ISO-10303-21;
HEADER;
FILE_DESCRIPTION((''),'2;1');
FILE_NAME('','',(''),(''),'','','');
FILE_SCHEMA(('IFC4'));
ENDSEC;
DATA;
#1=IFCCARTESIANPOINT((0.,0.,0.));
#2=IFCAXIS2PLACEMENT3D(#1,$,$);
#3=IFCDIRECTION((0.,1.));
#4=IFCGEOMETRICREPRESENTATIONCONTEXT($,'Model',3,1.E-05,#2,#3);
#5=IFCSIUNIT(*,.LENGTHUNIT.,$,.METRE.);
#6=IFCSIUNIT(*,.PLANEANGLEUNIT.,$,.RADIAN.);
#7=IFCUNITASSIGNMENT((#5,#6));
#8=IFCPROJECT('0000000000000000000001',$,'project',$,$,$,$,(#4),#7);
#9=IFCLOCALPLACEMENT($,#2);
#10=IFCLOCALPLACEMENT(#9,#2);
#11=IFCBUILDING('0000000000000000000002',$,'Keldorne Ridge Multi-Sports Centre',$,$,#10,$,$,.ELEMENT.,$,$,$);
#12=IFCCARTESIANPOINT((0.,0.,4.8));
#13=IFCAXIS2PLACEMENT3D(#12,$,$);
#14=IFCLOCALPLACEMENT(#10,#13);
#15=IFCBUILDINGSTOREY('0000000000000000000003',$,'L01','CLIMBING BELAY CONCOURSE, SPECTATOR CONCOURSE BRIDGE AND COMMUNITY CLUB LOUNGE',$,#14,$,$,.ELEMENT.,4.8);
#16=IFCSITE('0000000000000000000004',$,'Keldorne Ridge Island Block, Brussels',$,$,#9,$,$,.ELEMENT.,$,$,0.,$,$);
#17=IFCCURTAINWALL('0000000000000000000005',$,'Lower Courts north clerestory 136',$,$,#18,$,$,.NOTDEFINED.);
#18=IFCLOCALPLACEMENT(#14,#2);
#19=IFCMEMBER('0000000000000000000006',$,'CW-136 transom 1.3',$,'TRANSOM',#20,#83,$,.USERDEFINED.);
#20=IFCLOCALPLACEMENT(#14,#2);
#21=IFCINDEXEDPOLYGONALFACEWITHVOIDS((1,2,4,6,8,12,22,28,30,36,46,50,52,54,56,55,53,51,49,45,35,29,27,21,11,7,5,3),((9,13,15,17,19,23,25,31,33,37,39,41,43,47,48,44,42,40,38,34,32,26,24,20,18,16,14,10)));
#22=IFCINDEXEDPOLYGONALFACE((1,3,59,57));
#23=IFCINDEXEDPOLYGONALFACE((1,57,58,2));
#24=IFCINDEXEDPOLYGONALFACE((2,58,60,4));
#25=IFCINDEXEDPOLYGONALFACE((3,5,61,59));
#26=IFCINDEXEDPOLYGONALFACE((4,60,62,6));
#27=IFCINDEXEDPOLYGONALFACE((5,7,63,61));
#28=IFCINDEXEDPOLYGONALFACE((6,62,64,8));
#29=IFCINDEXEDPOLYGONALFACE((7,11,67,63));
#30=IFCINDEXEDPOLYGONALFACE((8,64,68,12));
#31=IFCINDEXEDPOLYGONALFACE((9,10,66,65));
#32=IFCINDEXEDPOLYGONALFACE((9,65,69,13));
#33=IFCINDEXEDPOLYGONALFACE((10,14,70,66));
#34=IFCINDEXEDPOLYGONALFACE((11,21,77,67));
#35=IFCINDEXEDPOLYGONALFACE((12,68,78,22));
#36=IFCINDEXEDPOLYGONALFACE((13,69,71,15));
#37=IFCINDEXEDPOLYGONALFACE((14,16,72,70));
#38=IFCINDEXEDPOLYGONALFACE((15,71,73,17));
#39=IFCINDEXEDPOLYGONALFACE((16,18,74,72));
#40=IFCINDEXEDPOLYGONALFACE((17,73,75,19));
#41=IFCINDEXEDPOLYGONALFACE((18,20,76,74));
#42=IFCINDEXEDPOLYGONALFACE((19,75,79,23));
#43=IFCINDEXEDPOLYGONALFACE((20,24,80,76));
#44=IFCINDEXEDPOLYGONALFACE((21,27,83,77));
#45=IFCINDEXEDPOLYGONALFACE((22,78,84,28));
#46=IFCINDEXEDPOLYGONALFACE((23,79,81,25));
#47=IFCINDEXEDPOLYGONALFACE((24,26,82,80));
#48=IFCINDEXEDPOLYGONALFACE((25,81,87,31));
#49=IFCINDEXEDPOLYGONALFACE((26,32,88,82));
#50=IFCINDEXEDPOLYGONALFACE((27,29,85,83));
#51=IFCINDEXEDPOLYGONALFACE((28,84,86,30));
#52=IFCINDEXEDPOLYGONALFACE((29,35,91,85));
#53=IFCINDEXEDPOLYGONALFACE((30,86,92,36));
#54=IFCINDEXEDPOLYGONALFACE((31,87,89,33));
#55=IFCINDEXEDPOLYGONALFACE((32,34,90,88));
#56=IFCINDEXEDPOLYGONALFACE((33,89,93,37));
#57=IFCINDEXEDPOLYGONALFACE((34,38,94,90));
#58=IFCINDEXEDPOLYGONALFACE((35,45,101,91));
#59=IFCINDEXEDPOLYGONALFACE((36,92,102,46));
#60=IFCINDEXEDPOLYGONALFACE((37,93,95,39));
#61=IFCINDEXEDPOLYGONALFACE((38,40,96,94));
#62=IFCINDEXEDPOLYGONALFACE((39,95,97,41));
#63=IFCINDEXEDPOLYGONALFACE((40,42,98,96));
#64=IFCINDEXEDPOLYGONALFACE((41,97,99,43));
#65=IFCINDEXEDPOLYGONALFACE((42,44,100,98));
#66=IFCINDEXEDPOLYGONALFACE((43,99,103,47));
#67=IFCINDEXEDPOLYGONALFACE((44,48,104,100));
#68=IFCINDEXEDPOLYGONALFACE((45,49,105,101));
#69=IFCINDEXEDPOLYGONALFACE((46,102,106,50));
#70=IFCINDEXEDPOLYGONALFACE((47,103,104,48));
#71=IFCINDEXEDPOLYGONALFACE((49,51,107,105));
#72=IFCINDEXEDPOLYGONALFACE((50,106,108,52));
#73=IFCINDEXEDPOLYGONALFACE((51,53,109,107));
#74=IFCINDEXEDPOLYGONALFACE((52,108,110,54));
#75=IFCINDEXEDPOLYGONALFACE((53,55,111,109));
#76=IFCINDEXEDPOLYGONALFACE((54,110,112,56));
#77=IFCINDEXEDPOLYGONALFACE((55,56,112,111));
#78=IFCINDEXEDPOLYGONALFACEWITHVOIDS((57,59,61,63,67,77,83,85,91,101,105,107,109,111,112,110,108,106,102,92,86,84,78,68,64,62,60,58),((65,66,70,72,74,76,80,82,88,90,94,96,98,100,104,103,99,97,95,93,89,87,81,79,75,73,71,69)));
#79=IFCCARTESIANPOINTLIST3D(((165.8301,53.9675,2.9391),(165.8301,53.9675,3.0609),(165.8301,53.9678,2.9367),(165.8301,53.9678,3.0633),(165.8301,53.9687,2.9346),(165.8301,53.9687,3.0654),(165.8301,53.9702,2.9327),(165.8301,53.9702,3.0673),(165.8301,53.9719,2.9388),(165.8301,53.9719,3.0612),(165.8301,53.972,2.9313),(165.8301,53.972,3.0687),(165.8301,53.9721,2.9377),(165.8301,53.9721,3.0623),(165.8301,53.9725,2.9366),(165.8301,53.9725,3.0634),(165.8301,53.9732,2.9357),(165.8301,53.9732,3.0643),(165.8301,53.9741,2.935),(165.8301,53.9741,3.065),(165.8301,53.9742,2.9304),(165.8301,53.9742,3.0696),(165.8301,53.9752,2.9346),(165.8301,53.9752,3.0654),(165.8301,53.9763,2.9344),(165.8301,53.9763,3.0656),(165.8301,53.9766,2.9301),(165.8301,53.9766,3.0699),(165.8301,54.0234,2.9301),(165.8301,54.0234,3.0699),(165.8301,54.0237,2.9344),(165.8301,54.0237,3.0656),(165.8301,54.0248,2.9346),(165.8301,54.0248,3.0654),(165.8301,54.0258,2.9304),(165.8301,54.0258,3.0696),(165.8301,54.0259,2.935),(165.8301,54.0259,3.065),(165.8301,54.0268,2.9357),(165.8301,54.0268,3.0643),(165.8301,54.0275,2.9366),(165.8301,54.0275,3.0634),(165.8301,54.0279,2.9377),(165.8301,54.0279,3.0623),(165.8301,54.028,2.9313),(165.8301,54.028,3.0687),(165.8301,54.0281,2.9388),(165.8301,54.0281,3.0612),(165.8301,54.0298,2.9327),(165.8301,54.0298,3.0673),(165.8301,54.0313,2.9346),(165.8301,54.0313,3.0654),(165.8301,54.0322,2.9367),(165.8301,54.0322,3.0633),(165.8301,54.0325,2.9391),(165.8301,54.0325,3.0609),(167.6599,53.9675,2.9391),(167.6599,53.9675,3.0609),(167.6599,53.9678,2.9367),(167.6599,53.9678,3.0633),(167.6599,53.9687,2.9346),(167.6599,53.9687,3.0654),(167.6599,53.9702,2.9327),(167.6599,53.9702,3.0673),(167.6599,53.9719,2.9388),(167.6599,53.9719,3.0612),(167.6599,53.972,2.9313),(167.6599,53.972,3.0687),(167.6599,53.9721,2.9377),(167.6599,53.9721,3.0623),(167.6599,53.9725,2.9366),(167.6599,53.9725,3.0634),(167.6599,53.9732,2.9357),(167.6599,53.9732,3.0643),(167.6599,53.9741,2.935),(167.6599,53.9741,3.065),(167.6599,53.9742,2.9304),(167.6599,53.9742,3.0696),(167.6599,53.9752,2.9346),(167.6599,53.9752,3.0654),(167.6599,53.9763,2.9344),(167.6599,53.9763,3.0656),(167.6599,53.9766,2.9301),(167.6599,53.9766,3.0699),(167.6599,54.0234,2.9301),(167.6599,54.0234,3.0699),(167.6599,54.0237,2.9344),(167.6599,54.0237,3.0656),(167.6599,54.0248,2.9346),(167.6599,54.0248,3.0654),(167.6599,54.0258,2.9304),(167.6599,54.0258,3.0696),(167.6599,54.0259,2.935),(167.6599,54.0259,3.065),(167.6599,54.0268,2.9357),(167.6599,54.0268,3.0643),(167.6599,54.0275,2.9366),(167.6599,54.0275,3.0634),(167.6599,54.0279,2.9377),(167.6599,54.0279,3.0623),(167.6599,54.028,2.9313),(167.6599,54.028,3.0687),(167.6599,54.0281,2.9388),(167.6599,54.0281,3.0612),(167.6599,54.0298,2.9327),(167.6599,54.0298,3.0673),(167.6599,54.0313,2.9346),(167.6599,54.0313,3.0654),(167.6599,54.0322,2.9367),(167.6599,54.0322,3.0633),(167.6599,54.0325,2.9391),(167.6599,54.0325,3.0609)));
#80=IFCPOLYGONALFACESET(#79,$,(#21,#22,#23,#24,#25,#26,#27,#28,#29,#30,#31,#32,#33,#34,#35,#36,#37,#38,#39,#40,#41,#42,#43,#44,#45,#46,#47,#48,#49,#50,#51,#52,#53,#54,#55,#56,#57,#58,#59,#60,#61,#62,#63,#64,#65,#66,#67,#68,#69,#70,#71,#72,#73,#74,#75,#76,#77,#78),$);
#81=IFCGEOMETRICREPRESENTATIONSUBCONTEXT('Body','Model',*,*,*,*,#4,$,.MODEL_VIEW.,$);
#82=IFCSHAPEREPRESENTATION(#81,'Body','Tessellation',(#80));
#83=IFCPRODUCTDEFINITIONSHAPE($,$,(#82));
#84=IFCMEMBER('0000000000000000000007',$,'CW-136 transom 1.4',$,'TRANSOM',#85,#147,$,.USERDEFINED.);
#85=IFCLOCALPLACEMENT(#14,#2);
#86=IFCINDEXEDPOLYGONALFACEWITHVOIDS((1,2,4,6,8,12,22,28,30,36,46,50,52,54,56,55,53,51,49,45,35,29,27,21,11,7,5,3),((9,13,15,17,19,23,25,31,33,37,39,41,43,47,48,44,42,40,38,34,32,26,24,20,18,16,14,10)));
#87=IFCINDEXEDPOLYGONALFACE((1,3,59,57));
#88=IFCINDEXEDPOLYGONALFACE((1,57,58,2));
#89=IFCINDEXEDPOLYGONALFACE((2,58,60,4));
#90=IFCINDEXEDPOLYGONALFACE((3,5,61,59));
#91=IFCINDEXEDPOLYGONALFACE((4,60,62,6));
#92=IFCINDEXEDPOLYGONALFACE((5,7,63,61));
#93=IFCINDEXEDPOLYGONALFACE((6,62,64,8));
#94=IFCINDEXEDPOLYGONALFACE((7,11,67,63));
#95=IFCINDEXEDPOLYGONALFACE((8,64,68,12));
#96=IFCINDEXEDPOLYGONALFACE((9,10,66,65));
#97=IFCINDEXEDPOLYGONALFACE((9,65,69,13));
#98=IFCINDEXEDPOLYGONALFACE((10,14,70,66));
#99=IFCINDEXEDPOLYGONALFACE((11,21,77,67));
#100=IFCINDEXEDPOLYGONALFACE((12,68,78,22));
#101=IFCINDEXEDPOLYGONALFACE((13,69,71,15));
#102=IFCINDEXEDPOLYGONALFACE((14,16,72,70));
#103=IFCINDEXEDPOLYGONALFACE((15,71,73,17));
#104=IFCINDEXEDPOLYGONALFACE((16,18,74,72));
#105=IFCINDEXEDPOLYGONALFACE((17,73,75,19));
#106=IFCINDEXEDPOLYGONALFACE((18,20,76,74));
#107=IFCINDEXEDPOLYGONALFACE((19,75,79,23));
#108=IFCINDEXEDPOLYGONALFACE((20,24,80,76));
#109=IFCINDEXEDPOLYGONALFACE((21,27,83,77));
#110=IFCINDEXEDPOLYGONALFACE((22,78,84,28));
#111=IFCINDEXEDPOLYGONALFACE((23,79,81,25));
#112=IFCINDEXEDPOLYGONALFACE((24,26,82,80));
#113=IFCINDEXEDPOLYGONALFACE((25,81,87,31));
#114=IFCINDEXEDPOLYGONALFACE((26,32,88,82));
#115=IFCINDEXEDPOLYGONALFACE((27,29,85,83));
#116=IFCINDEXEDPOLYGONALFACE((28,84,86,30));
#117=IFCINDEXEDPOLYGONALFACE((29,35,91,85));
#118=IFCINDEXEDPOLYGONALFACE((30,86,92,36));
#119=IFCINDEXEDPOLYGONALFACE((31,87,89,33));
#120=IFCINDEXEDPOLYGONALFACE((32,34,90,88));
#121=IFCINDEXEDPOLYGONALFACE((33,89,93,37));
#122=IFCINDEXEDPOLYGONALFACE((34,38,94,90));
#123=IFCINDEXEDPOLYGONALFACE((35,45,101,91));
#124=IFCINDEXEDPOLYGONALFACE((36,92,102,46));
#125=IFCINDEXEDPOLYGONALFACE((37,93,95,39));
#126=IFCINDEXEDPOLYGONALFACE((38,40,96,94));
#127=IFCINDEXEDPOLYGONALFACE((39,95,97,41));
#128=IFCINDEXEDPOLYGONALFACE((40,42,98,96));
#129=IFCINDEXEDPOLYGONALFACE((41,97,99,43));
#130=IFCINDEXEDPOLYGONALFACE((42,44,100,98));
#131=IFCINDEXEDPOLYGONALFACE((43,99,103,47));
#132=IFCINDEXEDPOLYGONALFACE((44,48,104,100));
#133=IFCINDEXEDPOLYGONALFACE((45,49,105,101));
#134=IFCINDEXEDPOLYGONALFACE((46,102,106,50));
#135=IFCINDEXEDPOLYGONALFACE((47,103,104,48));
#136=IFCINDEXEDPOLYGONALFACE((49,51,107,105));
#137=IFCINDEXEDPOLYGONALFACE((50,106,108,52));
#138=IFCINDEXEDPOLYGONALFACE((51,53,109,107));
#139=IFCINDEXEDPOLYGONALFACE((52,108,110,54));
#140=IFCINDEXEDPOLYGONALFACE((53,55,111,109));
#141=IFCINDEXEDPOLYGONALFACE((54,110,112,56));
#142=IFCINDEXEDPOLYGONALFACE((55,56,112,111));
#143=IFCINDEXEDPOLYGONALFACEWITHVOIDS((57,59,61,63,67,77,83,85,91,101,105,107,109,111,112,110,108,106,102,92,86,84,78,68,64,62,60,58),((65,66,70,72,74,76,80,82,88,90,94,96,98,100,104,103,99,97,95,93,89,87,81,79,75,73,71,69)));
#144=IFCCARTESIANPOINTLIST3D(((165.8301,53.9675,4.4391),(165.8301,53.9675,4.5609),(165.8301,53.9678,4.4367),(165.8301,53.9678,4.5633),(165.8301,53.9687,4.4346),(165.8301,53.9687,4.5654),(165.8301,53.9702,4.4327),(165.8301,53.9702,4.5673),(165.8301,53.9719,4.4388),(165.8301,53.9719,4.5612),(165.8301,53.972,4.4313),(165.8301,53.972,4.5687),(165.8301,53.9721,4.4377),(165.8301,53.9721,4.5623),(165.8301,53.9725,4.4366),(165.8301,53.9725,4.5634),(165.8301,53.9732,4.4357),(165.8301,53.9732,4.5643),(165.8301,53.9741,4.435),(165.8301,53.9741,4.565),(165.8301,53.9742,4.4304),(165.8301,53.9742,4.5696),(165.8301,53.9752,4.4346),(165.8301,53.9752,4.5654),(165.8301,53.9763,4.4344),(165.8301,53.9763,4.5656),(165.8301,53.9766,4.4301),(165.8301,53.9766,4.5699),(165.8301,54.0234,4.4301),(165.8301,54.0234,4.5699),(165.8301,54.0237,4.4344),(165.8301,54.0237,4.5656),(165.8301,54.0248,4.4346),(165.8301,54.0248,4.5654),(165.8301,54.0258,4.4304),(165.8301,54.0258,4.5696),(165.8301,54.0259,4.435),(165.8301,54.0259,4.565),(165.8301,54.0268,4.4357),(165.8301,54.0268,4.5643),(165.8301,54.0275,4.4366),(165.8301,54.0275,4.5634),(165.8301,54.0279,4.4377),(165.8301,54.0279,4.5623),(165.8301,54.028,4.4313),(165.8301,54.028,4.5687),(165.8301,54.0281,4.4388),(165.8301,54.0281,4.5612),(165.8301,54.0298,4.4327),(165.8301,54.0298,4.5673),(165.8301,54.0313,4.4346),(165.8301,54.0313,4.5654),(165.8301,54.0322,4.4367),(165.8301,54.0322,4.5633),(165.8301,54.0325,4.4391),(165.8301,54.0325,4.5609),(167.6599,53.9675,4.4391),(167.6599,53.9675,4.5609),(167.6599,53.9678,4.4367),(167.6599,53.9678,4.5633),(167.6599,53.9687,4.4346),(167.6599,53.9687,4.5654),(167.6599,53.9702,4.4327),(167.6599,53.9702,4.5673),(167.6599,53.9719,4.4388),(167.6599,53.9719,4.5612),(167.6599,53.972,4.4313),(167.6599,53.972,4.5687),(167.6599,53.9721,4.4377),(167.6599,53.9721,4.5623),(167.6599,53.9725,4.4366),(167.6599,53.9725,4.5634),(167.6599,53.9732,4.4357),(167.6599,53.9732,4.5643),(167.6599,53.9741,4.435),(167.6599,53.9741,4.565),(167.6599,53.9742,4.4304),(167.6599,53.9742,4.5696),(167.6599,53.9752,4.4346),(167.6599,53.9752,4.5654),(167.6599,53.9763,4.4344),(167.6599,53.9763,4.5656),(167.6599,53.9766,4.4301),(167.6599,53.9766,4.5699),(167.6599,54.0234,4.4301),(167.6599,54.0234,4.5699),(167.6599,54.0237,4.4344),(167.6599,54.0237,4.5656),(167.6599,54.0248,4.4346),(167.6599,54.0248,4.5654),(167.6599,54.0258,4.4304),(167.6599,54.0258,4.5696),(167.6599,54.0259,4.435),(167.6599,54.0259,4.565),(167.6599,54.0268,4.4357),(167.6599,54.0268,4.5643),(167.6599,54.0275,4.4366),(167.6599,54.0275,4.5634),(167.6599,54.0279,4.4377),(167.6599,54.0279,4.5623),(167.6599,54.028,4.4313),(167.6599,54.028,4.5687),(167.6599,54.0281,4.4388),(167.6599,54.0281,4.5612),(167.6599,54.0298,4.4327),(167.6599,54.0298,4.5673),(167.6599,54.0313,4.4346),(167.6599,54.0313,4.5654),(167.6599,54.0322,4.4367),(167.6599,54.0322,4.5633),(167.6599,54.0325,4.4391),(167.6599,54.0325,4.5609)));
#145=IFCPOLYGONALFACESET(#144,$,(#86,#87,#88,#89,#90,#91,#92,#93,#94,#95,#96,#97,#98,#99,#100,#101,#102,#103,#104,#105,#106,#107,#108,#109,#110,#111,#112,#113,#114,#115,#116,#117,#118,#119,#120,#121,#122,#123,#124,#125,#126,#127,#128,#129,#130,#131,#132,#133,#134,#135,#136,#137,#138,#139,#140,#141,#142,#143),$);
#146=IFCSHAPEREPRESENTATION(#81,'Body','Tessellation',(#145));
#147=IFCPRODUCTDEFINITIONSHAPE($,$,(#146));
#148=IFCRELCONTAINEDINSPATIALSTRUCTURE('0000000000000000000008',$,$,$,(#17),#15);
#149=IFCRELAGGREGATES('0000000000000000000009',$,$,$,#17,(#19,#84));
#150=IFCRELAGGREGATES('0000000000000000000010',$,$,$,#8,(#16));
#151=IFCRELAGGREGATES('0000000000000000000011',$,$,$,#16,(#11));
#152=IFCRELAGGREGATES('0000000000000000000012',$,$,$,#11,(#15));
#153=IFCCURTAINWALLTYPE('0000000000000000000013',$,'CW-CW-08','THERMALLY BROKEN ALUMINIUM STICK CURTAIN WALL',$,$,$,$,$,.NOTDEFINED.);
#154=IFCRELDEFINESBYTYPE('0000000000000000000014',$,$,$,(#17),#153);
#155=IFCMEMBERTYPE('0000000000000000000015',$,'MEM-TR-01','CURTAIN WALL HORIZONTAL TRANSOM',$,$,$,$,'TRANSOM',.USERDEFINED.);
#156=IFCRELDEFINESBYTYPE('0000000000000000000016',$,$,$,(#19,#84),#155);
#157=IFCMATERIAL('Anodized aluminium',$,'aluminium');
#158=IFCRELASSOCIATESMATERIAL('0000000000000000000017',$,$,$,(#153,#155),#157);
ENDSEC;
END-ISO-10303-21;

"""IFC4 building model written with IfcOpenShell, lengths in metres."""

from ifc_helpers import new_model, si_unit, direction, frame, origin, origin_2d, place, context, subcontext, project, spatial, hollow_rectangle, extrude, material, material_profile, profile_set, type_object, element, aggregate, save


model = new_model("IFC4")

# Units and contexts
model_context = context("Model", 3, precision=1e-05, world=origin(), true_north=direction((0.0, 1.0)))
body_context = subcontext(model_context, "Body", "Model", "MODEL_VIEW")
ifc_project = project(units=[si_unit("LENGTHUNIT", "METRE"), si_unit("PLANEANGLEUNIT", "RADIAN")], contexts=[model_context])

# Site, building, storey
site_placement = place(None, origin())
site = spatial("IfcSite", under=ifc_project, at=site_placement, Name="Keldorne Ridge Island Block, Brussels", CompositionType="ELEMENT", RefElevation=0.0)
building_placement = place(site_placement, origin())
building = spatial("IfcBuilding", under=site, at=building_placement, Name="Keldorne Ridge Multi-Sports Centre", CompositionType="ELEMENT")
storey_placement = place(building_placement, frame((0.0, 0.0, 4.8)))
storey = spatial("IfcBuildingStorey", under=building, at=storey_placement, Name="L01", Description="CLIMBING BELAY CONCOURSE, SPECTATOR CONCOURSE BRIDGE AND COMMUNITY CLUB LOUNGE", CompositionType="ELEMENT", Elevation=4.8)

# Curtain wall
ifc_material_1 = material(Name="Anodized aluminium", Category="aluminium")
curtain_wall_type = type_object("IfcCurtainWallType", Name="CW-CW-08", Description="THERMALLY BROKEN ALUMINIUM STICK CURTAIN WALL", PredefinedType="NOTDEFINED", material=ifc_material_1)
curtain_wall_placement = place(storey_placement, origin())
curtain_wall = element("IfcCurtainWall", 1, at=curtain_wall_placement, inside=storey, type_object=curtain_wall_type, Name="Lower Courts north clerestory 136", PredefinedType="NOTDEFINED")

# Members
ifc_material_profile_1 = material_profile(ifc_material_1, hollow_rectangle(XDim=0.0649, YDim=0.1399, WallThickness=0.0044, InnerFilletRadius=0.0044, OuterFilletRadius=0.009, at=origin_2d()), Name="ALU TRANSOM 140x65x4.5")
ifc_profile_set_1 = profile_set([ifc_material_profile_1], Name="Anodized aluminium")
member_type_1 = type_object("IfcMemberType", Name="MEM-TR-01", Description="CURTAIN WALL HORIZONTAL TRANSOM", ElementType="TRANSOM", PredefinedType="USERDEFINED", material=ifc_profile_set_1)
member_1_placement = place(storey_placement, frame((167.6599, 54.0, 3.0), z_axis=(-1.0, 0.0, 0.0), x_axis=(0.0, -1.0, 0.0)))
member_1 = element("IfcMember", 2, at=member_1_placement, type_object=member_type_1, Name="CW-136 transom 1.3", ObjectType="TRANSOM", PredefinedType="USERDEFINED", context=body_context, shape_type="SweptSolid", body=[
    extrude(hollow_rectangle(XDim=0.0649, YDim=0.1399, WallThickness=0.0044, InnerFilletRadius=0.0044, OuterFilletRadius=0.009, at=origin_2d()), origin(), (0.0, 0.0, 1.0), 1.8298),
])
member_2_placement = place(storey_placement, frame((167.6599, 54.0, 4.5), z_axis=(-1.0, 0.0, 0.0), x_axis=(0.0, -1.0, 0.0)))
member_2 = element("IfcMember", 3, at=member_2_placement, type_object=member_type_1, Name="CW-136 transom 1.4", ObjectType="TRANSOM", PredefinedType="USERDEFINED", context=body_context, shape_type="SweptSolid", body=[
    extrude(hollow_rectangle(XDim=0.0649, YDim=0.1399, WallThickness=0.0044, InnerFilletRadius=0.0044, OuterFilletRadius=0.009, at=origin_2d()), origin(), (0.0, 0.0, 1.0), 1.8298),
])

aggregate(curtain_wall, [member_1, member_2])

save(model, "model.ifc")
